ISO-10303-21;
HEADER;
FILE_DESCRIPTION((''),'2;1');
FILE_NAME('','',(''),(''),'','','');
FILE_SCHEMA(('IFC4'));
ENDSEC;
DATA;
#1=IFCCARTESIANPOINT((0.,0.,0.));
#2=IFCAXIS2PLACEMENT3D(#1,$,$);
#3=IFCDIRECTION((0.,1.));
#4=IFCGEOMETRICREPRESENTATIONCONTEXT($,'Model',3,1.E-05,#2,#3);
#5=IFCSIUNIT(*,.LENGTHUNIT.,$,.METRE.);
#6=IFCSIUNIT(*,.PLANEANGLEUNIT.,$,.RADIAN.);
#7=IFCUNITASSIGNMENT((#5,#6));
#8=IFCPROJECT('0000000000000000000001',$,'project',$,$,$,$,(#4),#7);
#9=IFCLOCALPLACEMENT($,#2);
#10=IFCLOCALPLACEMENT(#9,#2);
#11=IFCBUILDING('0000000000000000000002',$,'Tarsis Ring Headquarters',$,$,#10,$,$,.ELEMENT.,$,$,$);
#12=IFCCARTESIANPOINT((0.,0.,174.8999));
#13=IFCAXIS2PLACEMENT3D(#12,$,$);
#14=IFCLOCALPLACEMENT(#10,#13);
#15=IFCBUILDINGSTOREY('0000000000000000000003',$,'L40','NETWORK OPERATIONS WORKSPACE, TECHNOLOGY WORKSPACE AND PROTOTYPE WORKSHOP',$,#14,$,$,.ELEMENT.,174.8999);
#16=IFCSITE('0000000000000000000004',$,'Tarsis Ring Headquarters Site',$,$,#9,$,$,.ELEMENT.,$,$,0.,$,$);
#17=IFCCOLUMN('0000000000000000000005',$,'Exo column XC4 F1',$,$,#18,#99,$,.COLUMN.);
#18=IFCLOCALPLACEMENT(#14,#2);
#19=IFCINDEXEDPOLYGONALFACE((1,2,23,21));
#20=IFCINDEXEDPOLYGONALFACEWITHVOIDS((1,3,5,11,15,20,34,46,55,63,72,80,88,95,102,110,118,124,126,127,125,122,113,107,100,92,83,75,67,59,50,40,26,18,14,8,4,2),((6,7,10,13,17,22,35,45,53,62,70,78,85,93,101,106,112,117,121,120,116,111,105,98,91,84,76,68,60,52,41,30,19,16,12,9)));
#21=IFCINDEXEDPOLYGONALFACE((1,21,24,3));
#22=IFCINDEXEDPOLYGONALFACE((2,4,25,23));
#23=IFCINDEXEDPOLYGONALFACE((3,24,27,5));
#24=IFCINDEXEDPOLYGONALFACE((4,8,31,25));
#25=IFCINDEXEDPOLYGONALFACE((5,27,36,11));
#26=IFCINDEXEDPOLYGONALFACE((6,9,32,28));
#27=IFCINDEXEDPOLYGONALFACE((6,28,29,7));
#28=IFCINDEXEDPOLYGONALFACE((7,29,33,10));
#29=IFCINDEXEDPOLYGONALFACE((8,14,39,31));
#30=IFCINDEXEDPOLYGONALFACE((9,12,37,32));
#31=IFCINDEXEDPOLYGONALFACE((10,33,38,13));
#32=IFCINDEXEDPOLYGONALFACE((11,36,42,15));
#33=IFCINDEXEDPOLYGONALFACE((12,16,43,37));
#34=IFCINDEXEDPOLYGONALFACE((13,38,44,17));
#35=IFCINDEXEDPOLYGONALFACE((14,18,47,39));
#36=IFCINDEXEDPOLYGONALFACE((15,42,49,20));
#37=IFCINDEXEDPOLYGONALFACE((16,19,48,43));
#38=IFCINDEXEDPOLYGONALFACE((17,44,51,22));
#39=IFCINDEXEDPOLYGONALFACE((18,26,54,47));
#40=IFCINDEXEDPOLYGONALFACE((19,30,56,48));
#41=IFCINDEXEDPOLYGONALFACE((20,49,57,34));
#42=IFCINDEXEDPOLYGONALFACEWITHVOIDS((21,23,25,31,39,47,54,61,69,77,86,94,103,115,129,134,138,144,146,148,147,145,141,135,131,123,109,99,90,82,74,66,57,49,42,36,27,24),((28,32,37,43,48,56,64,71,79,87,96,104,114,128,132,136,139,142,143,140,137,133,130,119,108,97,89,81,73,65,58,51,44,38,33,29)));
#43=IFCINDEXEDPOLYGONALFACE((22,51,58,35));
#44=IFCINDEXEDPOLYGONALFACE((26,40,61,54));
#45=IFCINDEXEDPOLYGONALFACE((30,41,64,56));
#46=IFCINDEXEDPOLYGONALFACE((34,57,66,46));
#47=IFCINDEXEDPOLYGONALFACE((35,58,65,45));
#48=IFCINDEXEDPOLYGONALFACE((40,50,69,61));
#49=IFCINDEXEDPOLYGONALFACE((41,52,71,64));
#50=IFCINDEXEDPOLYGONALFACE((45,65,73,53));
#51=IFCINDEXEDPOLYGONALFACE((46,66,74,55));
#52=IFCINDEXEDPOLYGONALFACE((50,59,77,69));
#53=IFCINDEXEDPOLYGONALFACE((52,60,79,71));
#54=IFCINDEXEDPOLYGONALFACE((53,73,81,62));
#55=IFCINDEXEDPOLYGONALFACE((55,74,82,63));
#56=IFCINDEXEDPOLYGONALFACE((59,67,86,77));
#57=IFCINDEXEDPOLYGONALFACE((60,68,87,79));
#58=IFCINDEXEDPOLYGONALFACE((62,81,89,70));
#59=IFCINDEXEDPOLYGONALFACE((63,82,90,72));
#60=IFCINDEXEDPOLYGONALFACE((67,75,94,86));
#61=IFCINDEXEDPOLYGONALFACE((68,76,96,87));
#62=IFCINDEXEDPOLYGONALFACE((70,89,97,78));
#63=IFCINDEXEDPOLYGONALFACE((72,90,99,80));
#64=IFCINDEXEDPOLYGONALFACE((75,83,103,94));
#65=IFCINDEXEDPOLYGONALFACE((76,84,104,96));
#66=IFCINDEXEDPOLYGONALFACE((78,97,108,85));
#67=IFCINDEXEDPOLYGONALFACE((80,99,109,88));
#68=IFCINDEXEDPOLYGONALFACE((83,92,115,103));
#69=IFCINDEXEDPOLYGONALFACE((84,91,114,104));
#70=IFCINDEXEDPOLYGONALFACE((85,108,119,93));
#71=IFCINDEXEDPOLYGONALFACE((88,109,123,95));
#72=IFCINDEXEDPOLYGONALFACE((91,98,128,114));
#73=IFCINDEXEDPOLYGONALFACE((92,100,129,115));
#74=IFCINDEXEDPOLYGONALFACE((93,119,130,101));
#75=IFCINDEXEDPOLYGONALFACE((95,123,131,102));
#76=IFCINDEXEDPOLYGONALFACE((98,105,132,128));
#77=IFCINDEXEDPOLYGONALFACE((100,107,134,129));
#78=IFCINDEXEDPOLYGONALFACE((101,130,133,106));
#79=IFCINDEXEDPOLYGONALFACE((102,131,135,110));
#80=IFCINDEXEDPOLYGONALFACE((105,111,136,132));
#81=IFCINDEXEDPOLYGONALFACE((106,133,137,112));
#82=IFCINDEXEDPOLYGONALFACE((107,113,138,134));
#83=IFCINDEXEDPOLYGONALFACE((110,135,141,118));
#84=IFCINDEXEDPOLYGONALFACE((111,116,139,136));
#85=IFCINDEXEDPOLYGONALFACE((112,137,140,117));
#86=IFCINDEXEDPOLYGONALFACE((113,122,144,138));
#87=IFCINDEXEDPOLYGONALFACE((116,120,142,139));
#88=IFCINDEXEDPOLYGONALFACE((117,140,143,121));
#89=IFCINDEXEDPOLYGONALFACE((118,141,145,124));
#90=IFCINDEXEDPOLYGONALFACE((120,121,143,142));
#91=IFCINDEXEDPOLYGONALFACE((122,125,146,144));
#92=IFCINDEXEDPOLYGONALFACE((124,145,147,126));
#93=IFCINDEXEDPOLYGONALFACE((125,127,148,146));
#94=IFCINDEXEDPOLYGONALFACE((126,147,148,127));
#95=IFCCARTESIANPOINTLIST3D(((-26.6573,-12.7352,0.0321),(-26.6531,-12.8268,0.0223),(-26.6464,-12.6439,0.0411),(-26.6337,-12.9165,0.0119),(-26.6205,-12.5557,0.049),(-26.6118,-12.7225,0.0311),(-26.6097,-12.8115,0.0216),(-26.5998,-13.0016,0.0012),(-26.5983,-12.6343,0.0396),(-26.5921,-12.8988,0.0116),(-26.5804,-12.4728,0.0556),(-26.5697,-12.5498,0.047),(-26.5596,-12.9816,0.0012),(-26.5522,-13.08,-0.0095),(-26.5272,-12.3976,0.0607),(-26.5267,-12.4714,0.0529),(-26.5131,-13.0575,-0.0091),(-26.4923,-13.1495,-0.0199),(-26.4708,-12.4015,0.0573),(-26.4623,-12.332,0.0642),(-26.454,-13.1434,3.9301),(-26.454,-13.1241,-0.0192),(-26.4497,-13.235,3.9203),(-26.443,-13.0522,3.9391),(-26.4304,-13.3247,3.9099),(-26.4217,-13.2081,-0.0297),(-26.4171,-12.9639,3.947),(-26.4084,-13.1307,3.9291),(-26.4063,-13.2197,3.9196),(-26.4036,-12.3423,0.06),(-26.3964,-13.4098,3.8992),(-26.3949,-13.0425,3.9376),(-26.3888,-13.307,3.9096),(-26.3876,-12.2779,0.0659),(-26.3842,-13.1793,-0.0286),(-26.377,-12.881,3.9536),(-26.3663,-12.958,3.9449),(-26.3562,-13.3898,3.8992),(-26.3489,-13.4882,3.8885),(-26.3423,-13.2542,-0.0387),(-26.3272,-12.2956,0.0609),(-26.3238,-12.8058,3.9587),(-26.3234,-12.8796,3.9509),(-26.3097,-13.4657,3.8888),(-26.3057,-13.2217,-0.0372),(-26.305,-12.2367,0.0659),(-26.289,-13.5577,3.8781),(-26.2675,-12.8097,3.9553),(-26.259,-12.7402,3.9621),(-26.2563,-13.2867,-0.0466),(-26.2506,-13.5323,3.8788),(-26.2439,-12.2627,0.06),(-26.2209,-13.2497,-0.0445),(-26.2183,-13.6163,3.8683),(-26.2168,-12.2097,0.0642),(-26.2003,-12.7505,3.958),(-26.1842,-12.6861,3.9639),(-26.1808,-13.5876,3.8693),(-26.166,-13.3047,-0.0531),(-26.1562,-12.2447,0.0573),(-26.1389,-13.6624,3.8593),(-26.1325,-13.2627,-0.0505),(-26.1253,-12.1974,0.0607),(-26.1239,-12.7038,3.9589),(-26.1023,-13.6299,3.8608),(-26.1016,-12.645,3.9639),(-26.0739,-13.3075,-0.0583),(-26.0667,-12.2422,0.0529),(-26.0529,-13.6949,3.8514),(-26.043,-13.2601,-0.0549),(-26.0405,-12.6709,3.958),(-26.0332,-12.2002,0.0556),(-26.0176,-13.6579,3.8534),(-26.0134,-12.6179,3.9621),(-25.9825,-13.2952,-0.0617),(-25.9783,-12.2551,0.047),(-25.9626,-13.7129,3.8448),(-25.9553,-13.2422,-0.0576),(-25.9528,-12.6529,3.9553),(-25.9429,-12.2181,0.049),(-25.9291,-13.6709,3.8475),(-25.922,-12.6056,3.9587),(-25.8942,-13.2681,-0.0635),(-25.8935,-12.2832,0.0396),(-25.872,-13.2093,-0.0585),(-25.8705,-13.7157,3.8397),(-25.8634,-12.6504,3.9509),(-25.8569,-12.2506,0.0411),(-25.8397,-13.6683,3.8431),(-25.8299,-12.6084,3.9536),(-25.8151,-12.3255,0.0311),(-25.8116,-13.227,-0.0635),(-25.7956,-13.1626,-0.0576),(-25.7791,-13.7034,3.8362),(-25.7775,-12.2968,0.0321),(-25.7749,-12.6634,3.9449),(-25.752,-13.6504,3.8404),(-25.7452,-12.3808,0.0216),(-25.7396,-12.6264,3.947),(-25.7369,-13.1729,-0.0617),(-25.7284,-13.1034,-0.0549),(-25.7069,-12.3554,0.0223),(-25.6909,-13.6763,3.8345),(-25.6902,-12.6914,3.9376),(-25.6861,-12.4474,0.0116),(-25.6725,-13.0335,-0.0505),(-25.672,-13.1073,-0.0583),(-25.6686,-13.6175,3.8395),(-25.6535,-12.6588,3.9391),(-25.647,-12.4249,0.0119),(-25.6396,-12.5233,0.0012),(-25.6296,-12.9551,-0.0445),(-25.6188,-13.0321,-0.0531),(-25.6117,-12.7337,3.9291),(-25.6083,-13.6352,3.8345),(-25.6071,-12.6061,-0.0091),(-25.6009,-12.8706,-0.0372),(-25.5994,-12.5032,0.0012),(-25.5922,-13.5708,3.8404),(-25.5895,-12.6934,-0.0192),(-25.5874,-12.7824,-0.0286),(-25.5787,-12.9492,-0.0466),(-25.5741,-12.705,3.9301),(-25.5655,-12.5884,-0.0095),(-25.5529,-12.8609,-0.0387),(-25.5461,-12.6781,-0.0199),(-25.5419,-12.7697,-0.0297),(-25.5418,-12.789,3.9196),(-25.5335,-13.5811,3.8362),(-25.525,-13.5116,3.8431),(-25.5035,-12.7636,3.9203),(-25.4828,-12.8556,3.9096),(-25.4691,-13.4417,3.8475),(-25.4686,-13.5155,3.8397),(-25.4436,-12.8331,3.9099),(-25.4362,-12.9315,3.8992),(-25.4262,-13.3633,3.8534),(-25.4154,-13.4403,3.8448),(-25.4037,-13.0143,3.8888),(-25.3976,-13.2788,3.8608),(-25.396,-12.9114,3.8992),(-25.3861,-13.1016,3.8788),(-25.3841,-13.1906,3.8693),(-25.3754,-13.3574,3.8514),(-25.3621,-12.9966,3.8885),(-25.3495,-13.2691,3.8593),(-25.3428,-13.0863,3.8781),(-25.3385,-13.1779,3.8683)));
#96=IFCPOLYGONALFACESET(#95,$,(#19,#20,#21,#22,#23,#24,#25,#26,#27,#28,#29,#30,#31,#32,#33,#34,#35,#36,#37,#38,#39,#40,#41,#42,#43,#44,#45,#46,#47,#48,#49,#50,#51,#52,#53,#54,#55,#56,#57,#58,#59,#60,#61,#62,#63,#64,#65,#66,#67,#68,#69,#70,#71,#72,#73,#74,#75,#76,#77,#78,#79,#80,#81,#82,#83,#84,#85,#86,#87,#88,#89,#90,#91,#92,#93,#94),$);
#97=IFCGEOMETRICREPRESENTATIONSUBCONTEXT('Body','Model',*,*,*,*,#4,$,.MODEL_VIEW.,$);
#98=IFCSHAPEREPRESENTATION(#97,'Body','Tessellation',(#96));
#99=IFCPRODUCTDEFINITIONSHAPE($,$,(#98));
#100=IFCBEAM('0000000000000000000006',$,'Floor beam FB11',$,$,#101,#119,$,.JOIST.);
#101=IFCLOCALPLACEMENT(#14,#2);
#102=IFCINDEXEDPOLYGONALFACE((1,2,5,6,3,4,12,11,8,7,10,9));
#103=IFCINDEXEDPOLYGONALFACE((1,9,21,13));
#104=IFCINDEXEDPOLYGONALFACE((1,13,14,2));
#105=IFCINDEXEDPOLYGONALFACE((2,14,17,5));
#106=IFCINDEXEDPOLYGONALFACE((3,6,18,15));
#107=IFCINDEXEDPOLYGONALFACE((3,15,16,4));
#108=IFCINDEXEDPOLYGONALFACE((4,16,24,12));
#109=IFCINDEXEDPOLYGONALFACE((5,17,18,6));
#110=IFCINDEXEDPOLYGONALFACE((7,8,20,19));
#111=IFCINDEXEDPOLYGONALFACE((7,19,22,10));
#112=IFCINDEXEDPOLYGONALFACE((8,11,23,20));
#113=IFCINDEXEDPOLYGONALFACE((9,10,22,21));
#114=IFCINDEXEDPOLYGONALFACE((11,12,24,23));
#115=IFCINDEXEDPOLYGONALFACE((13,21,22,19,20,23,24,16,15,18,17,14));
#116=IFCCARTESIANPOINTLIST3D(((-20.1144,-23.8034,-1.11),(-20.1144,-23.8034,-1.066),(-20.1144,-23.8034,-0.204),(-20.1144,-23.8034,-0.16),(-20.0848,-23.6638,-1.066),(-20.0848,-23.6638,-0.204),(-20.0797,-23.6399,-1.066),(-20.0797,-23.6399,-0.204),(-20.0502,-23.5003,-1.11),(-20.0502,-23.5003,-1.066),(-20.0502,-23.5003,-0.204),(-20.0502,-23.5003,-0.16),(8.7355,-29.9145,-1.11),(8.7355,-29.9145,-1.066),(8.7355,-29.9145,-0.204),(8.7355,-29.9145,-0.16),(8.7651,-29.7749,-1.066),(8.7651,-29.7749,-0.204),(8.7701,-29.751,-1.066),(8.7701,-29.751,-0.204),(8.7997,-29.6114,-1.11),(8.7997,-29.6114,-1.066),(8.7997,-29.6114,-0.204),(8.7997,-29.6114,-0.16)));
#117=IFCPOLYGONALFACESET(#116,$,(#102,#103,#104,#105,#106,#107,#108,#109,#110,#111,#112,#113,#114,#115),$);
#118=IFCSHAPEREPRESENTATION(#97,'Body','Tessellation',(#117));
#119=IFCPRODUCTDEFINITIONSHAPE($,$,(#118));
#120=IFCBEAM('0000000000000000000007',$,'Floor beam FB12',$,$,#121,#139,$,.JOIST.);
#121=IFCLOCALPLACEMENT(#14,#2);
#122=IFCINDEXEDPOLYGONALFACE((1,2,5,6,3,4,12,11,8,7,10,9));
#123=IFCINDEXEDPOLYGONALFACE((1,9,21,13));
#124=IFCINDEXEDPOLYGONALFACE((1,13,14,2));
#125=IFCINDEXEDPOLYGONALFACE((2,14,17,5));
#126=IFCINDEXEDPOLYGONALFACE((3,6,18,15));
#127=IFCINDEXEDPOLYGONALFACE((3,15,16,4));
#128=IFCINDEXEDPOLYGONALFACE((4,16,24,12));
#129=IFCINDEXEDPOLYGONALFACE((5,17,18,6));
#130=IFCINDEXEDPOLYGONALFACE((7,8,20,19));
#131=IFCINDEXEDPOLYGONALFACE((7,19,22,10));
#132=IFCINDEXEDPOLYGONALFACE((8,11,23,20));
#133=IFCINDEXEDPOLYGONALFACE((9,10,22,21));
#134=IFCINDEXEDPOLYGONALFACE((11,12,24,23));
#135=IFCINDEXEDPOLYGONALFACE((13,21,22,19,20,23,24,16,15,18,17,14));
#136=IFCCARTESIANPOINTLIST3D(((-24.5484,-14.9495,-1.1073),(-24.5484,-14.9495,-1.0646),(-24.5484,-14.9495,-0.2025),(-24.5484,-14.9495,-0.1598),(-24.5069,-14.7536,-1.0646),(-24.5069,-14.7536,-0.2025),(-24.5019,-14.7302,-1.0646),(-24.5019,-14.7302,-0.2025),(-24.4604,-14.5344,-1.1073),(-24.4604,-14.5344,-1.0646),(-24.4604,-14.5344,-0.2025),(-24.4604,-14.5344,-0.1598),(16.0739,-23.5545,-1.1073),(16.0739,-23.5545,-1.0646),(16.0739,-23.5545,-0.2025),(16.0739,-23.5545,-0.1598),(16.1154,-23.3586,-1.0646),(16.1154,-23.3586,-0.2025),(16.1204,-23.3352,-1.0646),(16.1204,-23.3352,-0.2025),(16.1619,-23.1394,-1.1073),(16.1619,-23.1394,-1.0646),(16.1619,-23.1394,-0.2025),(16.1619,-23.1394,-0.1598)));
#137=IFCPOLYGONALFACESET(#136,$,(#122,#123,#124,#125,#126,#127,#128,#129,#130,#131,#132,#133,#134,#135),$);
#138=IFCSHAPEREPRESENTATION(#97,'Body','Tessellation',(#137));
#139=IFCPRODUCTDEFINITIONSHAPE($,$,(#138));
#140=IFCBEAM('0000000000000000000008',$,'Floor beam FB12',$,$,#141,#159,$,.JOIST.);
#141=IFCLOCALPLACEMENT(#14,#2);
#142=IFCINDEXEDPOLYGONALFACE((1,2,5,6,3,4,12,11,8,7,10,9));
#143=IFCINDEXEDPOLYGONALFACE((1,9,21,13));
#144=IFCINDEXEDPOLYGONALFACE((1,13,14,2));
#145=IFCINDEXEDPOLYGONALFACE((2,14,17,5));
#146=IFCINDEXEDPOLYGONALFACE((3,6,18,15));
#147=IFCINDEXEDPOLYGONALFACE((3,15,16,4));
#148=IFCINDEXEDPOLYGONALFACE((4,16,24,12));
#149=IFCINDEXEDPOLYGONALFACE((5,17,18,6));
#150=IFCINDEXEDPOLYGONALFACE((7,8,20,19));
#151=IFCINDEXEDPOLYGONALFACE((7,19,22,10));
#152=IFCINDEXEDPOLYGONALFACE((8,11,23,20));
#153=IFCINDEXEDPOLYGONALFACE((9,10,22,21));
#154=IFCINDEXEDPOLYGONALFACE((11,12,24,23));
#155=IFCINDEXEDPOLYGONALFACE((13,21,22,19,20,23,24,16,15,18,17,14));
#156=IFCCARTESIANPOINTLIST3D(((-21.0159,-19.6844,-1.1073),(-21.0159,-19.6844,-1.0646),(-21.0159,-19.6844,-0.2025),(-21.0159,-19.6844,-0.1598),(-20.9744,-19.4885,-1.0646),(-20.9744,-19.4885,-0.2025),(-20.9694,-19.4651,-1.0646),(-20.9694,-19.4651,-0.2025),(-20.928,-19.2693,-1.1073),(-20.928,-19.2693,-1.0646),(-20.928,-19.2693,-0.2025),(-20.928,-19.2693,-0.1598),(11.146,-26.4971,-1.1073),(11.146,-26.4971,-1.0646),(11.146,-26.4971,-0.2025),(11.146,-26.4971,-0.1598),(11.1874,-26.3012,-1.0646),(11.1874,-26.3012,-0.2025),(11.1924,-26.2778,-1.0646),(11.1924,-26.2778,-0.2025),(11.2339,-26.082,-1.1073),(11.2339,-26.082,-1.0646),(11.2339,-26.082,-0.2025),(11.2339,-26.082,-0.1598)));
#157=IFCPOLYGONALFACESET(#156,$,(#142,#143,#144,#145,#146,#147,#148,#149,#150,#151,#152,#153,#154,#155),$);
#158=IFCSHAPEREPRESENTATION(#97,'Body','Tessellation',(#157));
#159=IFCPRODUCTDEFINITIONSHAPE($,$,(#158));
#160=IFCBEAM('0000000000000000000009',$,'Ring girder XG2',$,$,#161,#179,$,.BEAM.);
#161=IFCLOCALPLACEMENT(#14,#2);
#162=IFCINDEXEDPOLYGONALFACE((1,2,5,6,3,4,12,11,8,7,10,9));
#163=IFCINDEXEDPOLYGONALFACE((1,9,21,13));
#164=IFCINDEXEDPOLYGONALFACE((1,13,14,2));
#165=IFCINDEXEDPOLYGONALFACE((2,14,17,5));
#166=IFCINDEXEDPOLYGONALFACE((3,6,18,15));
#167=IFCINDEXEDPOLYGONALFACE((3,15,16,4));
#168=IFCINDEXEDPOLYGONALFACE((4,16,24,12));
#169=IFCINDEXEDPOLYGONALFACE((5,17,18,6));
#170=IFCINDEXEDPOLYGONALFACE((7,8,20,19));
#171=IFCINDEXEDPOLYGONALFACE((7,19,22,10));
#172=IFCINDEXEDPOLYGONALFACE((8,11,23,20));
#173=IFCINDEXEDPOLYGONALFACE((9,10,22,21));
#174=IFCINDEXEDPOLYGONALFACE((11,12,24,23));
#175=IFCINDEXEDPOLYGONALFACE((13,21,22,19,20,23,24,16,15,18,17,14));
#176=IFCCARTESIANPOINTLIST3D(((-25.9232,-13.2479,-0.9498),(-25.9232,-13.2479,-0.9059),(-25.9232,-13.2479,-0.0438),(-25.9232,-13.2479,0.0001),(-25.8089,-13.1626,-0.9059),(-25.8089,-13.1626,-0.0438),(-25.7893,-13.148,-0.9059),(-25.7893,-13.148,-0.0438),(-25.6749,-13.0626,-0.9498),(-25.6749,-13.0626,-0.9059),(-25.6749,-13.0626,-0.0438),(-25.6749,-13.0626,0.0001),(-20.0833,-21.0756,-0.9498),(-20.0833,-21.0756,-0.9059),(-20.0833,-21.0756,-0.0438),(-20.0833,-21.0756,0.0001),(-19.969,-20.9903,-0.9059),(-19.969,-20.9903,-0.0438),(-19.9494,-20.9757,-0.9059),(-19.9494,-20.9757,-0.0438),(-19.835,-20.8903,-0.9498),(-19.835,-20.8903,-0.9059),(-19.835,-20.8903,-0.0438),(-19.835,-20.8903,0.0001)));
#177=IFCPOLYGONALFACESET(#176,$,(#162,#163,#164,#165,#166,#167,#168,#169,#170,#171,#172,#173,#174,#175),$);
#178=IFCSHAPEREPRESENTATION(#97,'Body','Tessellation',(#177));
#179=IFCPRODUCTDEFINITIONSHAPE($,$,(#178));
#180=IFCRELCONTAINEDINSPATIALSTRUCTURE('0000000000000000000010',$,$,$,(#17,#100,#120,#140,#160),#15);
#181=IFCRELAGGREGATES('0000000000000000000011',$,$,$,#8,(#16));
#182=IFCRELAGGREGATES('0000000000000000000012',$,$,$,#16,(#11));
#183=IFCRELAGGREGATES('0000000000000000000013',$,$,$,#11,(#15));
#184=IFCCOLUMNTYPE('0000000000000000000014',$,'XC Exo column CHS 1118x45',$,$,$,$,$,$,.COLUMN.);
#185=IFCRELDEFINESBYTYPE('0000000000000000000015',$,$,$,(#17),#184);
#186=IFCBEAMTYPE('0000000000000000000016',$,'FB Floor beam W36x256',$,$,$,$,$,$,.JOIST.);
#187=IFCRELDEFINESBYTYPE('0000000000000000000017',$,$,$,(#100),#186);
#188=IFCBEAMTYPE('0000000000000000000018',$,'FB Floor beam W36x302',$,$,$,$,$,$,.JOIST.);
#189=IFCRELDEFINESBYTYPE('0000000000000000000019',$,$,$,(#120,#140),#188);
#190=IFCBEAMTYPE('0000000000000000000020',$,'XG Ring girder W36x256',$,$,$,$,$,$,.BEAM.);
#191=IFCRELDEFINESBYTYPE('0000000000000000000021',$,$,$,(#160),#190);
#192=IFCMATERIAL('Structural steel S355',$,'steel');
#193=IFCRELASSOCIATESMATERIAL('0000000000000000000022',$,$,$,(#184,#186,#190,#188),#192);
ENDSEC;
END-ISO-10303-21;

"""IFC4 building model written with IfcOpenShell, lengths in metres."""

from ifc_helpers import new_model, si_unit, direction, frame, origin, origin_2d, place, context, subcontext, project, spatial, hollow_circle, i_section, extrude, material, material_profile, profile_set, type_object, element, save


model = new_model("IFC4")

# Units and contexts
model_context = context("Model", 3, precision=1e-05, world=origin(), true_north=direction((0.0, 1.0)))
body_context = subcontext(model_context, "Body", "Model", "MODEL_VIEW")
ifc_project = project(units=[si_unit("LENGTHUNIT", "METRE"), si_unit("PLANEANGLEUNIT", "RADIAN")], contexts=[model_context])

# Site, building, storey
site_placement = place(None, origin())
site = spatial("IfcSite", under=ifc_project, at=site_placement, Name="Tarsis Ring Headquarters Site", CompositionType="ELEMENT", RefElevation=0.0)
building_placement = place(site_placement, origin())
building = spatial("IfcBuilding", under=site, at=building_placement, Name="Tarsis Ring Headquarters", CompositionType="ELEMENT")
storey_placement = place(building_placement, frame((0.0, 0.0, 174.8999)))
storey = spatial("IfcBuildingStorey", under=building, at=storey_placement, Name="L40", Description="NETWORK OPERATIONS WORKSPACE, TECHNOLOGY WORKSPACE AND PROTOTYPE WORKSHOP", CompositionType="ELEMENT", Elevation=174.8999)

# Column
ifc_material_1 = material(Name="Structural steel S355", Category="steel")
ifc_material_profile_1 = material_profile(ifc_material_1, hollow_circle(Radius=0.5588, WallThickness=0.0449, at=origin_2d()), Name="CHS 1118x45")
ifc_profile_set_1 = profile_set([ifc_material_profile_1], Name="Structural steel S355")
column_type = type_object("IfcColumnType", Name="XC Exo column CHS 1118x45", PredefinedType="COLUMN", material=ifc_profile_set_1)
column_placement = place(storey_placement, frame((-26.0996, -12.7524, 0.0012), z_axis=(0.05182, -0.104013, 0.993225), x_axis=(0.895069, 0.445928, 0.0)))
element("IfcColumn", 1, at=column_placement, inside=storey, type_object=column_type, Name="Exo column XC4 F1", PredefinedType="COLUMN", context=body_context, shape_type="SweptSolid", body=[
    extrude(hollow_circle(Radius=0.5588, WallThickness=0.0449, at=origin_2d()), origin(), (0.0, 0.0, 1.0), 3.9246),
])

# Beams
ifc_material_profile_2 = material_profile(ifc_material_1, i_section(OverallWidth=0.3098, OverallDepth=0.95, WebThickness=0.0244, FlangeThickness=0.0439, at=origin_2d()), Name="W36x256")
ifc_profile_set_2 = profile_set([ifc_material_profile_2], Name="Structural steel S355")
beam_type_1 = type_object("IfcBeamType", Name="FB Floor beam W36x256", PredefinedType="JOIST", material=ifc_profile_set_2)
beam_1_placement = place(storey_placement, frame((-20.0823, -23.6519, -0.635), z_axis=(0.978293, -0.207226, 0.0), x_axis=(0.207226, 0.978293, 0.0)))
element("IfcBeam", 2, at=beam_1_placement, inside=storey, type_object=beam_type_1, Name="Floor beam FB11", PredefinedType="JOIST", context=body_context, shape_type="SweptSolid", body=[
    extrude(i_section(OverallWidth=0.3098, OverallDepth=0.95, WebThickness=0.0244, FlangeThickness=0.0439, at=origin_2d()), origin(), (0.0, 0.0, 1.0), 29.49),
])
ifc_material_profile_3 = material_profile(ifc_material_1, i_section(OverallWidth=0.4243, OverallDepth=0.9475, WebThickness=0.0239, FlangeThickness=0.0427, at=origin_2d()), Name="W36x302")
ifc_profile_set_3 = profile_set([ifc_material_profile_3], Name="Structural steel S355")
beam_type_2 = type_object("IfcBeamType", Name="FB Floor beam W36x302", PredefinedType="JOIST", material=ifc_profile_set_3)
beam_2_placement = place(storey_placement, frame((-24.5044, -14.7419, -0.6335), z_axis=(0.978292, -0.207231, 0.0), x_axis=(0.207231, 0.978292, 0.0)))
element("IfcBeam", 3, at=beam_2_placement, inside=storey, type_object=beam_type_2, Name="Floor beam FB12", PredefinedType="JOIST", context=body_context, shape_type="SweptSolid", body=[
    extrude(i_section(OverallWidth=0.4243, OverallDepth=0.9475, WebThickness=0.0239, FlangeThickness=0.0427, at=origin_2d()), origin(), (0.0, 0.0, 1.0), 41.5237),
])
beam_3_placement = place(storey_placement, frame((-20.9719, -19.4768, -0.6335), z_axis=(0.978293, -0.207229, 0.0), x_axis=(0.207229, 0.978293, 0.0)))
element("IfcBeam", 4, at=beam_3_placement, inside=storey, type_object=beam_type_2, Name="Floor beam FB12", PredefinedType="JOIST", context=body_context, shape_type="SweptSolid", body=[
    extrude(i_section(OverallWidth=0.4243, OverallDepth=0.9475, WebThickness=0.0239, FlangeThickness=0.0427, at=origin_2d()), origin(), (0.0, 0.0, 1.0), 32.8755),
])
beam_type_3 = type_object("IfcBeamType", Name="XG Ring girder W36x256", PredefinedType="BEAM", material=ifc_profile_set_2)
beam_4_placement = place(storey_placement, frame((-25.7991, -13.1553, -0.4749), z_axis=(0.597974, -0.801515, 0.0), x_axis=(0.801515, 0.597974, 0.0)))
element("IfcBeam", 5, at=beam_4_placement, inside=storey, type_object=beam_type_3, Name="Ring girder XG2", PredefinedType="BEAM", context=body_context, shape_type="SweptSolid", body=[
    extrude(i_section(OverallWidth=0.3098, OverallDepth=0.95, WebThickness=0.0244, FlangeThickness=0.0439, at=origin_2d()), origin(), (0.0, 0.0, 1.0), 9.7661),
])

save(model, "model.ifc")
